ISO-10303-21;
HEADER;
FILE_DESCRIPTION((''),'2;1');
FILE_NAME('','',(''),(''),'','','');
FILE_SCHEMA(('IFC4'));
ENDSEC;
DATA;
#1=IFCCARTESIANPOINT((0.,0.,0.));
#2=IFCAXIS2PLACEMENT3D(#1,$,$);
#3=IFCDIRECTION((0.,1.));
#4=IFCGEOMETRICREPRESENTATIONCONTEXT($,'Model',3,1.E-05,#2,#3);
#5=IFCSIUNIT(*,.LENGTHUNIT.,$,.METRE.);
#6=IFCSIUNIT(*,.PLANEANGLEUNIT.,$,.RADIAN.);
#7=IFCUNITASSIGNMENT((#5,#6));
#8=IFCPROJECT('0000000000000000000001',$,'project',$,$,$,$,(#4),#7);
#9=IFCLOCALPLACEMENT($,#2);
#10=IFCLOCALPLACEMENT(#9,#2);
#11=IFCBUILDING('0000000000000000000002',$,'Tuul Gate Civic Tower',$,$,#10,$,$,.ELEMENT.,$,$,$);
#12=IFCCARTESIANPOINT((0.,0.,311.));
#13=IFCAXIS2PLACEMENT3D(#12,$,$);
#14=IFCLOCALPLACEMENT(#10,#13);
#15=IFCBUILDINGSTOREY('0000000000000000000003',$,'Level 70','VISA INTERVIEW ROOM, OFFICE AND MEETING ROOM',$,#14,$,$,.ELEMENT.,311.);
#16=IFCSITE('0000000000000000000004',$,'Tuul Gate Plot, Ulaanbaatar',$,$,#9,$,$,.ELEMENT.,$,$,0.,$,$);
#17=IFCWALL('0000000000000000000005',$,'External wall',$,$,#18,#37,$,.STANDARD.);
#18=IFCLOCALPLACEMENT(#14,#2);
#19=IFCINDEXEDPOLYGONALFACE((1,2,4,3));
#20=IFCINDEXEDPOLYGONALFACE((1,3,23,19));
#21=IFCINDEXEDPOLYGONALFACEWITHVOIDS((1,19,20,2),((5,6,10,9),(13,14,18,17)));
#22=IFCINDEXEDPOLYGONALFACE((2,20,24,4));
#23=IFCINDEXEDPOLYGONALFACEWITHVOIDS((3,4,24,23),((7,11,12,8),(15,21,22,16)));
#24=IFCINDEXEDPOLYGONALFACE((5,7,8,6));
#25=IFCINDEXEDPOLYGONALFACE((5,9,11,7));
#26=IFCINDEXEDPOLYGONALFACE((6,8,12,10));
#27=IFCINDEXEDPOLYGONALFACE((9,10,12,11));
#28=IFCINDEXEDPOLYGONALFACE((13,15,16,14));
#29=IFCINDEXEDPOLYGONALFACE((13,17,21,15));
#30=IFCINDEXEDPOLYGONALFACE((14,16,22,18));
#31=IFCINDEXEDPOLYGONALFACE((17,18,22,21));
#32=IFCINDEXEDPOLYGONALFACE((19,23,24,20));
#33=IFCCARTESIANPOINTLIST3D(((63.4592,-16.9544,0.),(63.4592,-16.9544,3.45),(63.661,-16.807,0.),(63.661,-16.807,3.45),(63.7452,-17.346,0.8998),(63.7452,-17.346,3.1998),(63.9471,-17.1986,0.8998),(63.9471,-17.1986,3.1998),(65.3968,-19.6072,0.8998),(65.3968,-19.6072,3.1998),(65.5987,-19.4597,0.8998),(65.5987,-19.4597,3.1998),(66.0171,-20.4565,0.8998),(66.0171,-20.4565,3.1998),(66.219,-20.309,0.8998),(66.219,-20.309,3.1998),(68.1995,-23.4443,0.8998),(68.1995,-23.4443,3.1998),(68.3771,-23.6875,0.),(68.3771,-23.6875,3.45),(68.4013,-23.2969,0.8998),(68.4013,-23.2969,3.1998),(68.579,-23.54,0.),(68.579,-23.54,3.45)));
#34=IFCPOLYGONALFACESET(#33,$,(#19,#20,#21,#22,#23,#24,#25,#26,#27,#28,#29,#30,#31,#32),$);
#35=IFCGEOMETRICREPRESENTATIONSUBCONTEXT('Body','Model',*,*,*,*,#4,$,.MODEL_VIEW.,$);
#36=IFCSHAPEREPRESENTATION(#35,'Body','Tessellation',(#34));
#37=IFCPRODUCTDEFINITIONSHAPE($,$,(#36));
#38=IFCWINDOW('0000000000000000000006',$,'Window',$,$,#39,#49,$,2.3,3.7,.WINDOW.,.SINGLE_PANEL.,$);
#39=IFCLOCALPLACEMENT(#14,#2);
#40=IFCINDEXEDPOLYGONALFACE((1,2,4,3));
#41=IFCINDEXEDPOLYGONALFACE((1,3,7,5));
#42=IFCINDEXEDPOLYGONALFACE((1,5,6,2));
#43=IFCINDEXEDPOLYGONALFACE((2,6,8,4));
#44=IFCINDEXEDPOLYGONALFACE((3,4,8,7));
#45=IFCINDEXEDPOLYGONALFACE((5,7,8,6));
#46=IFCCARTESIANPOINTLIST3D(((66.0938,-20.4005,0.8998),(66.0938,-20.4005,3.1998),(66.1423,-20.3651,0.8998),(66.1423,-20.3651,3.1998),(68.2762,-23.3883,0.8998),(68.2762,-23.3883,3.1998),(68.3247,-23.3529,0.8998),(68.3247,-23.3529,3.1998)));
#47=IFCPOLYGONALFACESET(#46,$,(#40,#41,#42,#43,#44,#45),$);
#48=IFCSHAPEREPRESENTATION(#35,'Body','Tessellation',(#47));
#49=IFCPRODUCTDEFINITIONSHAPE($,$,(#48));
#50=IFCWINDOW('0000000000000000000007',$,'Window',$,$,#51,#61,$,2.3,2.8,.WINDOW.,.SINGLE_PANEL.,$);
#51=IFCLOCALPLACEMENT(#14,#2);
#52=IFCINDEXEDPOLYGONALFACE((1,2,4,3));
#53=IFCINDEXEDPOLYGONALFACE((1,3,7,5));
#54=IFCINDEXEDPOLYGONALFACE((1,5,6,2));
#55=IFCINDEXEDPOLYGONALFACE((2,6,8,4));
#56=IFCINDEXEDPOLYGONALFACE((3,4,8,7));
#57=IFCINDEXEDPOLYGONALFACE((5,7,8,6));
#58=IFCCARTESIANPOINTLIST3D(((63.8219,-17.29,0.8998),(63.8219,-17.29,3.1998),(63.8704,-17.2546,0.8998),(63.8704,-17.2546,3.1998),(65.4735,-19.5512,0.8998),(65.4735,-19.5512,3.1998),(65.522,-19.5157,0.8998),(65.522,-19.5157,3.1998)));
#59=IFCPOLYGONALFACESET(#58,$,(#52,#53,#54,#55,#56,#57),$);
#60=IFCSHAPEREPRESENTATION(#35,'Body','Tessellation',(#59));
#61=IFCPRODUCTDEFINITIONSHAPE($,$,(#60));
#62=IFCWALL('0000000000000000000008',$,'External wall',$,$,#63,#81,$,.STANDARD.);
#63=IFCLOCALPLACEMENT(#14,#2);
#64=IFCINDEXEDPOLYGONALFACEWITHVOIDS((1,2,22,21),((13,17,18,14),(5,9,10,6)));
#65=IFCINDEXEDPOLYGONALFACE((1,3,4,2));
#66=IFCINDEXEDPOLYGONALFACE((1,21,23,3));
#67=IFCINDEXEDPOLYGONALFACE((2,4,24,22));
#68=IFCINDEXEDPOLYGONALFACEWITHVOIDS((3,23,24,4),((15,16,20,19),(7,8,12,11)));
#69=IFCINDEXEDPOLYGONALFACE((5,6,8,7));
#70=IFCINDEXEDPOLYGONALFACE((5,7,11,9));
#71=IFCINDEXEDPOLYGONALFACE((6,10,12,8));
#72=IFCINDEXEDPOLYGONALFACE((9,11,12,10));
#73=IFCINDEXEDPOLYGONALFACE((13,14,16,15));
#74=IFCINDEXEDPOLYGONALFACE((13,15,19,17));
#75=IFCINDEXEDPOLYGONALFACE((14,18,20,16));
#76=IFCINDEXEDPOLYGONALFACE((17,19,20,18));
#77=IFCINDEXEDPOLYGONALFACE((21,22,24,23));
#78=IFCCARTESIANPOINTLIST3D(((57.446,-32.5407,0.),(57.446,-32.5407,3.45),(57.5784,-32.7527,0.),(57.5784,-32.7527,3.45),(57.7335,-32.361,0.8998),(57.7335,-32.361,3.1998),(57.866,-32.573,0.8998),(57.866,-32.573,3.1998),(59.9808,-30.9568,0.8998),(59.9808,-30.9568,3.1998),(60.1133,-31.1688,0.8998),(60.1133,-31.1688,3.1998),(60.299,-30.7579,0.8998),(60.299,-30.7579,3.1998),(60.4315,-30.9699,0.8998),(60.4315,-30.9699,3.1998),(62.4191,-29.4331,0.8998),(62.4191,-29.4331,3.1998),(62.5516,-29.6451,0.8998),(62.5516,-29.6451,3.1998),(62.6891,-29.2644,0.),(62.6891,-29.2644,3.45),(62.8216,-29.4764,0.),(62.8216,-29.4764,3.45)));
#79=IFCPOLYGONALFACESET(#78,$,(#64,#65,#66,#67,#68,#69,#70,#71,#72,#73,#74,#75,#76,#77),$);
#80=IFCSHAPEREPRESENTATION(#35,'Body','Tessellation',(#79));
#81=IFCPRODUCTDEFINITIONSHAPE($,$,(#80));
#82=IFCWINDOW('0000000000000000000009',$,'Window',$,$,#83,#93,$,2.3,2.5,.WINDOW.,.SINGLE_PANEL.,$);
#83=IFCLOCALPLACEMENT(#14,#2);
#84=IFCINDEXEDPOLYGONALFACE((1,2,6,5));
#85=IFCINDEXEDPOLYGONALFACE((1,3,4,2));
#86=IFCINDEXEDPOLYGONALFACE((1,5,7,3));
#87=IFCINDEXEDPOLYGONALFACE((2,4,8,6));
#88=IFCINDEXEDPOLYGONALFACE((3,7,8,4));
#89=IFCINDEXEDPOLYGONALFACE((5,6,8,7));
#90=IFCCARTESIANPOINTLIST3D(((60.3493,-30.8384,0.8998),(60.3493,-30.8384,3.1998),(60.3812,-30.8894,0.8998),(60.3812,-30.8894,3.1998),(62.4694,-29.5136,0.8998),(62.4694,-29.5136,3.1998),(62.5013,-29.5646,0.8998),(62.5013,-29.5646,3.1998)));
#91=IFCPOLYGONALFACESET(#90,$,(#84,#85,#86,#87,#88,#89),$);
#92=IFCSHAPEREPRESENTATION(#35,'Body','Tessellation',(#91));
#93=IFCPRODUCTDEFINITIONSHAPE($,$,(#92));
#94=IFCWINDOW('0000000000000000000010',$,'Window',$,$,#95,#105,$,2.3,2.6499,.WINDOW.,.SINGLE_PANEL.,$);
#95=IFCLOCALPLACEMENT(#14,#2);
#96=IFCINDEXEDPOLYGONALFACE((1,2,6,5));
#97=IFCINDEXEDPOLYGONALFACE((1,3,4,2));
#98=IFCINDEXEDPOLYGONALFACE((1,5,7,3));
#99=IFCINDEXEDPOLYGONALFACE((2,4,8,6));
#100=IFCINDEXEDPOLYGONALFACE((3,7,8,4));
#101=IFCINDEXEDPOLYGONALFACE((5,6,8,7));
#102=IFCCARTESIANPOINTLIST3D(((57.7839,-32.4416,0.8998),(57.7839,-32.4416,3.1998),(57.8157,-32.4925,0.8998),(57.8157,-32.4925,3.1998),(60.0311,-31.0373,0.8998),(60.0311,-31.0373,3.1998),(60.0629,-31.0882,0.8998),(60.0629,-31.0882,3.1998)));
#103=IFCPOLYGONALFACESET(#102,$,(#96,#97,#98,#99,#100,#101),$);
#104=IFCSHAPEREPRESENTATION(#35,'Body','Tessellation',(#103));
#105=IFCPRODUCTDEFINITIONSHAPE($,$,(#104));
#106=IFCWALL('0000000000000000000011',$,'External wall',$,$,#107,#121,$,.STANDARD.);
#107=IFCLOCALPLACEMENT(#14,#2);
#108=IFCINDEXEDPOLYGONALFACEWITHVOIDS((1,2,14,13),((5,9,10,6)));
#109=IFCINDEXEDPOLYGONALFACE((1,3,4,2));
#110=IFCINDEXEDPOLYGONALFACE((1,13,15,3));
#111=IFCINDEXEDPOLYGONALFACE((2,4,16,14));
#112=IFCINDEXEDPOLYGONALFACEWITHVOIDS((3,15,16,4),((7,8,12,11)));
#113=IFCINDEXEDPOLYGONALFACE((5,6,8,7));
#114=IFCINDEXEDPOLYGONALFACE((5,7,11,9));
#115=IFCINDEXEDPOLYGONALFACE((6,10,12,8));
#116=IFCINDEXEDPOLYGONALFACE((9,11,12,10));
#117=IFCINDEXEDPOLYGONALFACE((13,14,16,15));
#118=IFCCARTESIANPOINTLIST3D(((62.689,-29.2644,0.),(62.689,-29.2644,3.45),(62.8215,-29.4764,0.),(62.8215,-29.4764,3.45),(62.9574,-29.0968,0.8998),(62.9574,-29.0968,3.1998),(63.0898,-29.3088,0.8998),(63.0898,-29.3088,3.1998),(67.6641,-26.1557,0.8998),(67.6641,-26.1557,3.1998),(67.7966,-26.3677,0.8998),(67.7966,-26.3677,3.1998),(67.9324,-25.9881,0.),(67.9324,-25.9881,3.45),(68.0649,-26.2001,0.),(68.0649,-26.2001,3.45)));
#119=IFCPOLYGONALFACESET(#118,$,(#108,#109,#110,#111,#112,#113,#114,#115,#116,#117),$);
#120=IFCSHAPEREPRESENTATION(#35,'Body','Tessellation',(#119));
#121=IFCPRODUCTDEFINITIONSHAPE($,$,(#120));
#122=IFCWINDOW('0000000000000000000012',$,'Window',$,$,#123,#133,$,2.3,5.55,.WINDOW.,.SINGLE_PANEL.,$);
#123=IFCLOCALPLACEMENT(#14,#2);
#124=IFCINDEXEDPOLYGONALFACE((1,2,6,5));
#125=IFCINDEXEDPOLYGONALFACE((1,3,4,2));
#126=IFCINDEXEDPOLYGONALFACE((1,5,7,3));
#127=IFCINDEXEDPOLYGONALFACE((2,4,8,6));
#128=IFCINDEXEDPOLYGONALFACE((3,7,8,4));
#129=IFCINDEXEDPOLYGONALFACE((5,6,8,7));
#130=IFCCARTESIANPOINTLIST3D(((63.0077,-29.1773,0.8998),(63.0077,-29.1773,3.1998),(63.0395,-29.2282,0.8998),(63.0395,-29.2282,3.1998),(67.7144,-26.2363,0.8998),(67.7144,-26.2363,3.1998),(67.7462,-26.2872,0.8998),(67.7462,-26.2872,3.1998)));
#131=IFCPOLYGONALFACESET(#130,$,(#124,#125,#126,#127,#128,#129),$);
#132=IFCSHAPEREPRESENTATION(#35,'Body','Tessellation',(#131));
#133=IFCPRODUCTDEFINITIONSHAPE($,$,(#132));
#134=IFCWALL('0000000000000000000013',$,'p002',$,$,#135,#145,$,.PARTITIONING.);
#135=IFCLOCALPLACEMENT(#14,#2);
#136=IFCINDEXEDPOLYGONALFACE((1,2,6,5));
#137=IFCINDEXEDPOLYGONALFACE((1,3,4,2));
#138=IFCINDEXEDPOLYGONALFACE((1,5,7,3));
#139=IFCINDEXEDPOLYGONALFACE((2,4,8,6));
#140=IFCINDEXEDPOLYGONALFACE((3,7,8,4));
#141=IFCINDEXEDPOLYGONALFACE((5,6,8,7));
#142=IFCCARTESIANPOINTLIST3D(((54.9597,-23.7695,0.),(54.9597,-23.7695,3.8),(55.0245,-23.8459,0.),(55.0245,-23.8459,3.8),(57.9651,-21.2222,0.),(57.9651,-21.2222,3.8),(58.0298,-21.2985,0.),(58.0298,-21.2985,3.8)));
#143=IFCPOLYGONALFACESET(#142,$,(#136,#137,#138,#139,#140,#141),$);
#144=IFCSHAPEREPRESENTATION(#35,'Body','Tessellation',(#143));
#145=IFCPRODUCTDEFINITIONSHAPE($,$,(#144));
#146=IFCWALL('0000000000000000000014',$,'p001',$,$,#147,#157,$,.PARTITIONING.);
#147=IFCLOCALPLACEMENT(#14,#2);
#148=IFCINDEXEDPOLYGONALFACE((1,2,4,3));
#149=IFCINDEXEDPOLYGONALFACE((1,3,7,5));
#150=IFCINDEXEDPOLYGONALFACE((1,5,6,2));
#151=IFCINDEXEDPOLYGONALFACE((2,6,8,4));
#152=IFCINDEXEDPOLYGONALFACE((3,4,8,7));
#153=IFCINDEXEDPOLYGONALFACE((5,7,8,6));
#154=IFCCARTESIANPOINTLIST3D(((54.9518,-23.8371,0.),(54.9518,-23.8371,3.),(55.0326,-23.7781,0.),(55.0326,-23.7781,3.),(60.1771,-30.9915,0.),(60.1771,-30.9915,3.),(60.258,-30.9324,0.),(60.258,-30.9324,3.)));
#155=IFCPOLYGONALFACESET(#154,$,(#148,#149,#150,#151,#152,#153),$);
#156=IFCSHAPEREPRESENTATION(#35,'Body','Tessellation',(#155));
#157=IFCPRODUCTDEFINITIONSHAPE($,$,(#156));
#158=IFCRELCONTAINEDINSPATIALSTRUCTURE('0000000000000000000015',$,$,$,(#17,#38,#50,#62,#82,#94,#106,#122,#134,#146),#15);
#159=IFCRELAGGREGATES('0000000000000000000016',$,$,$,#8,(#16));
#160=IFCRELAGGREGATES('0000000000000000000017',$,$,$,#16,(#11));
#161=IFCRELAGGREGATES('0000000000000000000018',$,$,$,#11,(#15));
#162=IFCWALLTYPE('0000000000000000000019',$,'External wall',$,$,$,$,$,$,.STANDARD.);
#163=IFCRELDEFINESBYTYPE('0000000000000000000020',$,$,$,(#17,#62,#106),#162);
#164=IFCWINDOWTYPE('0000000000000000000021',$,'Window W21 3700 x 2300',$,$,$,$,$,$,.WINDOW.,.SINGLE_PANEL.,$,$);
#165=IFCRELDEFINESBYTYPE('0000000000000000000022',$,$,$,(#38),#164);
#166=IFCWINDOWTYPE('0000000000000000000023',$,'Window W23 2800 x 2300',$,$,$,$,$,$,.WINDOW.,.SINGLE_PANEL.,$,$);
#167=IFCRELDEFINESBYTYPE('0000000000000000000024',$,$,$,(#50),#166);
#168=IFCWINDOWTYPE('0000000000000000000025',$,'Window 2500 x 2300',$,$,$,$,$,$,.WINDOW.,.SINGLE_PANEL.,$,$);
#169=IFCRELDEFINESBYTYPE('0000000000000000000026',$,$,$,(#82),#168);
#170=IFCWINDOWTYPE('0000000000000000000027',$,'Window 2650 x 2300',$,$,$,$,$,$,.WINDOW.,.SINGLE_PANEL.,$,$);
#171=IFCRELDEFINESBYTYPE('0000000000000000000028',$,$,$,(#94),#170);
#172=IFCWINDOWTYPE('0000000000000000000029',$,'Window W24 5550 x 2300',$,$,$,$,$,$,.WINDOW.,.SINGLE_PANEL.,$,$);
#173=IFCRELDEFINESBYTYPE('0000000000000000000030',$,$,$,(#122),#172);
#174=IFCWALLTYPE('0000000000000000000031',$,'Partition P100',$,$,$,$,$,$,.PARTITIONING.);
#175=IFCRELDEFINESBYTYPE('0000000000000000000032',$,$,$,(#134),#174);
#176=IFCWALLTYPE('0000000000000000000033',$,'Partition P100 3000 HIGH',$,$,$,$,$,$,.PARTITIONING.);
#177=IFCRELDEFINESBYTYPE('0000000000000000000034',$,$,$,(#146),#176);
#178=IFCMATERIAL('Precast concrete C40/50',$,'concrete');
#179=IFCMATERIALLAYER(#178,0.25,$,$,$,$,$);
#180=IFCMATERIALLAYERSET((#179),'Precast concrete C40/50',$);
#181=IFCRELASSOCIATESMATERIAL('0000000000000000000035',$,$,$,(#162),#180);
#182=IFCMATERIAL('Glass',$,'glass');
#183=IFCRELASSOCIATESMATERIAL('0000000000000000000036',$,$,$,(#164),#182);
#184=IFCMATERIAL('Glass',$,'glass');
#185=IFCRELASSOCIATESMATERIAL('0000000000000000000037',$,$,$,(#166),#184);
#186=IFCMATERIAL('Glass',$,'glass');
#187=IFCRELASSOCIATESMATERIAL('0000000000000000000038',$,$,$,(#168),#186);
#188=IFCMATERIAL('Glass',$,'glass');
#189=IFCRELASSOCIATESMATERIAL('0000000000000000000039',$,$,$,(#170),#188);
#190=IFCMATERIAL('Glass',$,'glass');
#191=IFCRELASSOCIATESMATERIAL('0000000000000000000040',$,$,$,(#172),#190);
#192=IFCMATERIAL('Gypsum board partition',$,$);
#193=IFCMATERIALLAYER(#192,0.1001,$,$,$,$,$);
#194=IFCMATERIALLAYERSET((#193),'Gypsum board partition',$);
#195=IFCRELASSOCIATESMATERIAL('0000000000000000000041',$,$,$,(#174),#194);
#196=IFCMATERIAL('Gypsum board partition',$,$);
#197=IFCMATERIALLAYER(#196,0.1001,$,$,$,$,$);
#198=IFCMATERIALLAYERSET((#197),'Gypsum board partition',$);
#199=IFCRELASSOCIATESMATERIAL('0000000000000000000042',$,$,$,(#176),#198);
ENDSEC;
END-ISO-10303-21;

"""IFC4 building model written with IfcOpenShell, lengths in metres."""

from ifc_helpers import new_model, si_unit, direction, frame, frame_2d, origin, place, context, subcontext, project, spatial, rectangle, extrude, material, layer, layer_set, type_object, element, fill, save


model = new_model("IFC4")

# Units and contexts
model_context = context("Model", 3, precision=1e-05, world=origin(), true_north=direction((0.0, 1.0)))
body_context = subcontext(model_context, "Body", "Model", "MODEL_VIEW")
ifc_project = project(units=[si_unit("LENGTHUNIT", "METRE"), si_unit("PLANEANGLEUNIT", "RADIAN")], contexts=[model_context])

# Site, building, storey
site_placement = place(None, origin())
site = spatial("IfcSite", under=ifc_project, at=site_placement, Name="Tuul Gate Plot, Ulaanbaatar", CompositionType="ELEMENT", RefElevation=0.0)
building_placement = place(site_placement, origin())
building = spatial("IfcBuilding", under=site, at=building_placement, Name="Tuul Gate Civic Tower", CompositionType="ELEMENT")
storey_placement = place(building_placement, frame((0.0, 0.0, 311.0)))
storey = spatial("IfcBuildingStorey", under=building, at=storey_placement, Name="Level 70", Description="VISA INTERVIEW ROOM, OFFICE AND MEETING ROOM", CompositionType="ELEMENT", Elevation=311.0)

# Shared definitions
ifc_material_1 = material(Name="Precast concrete C40/50", Category="concrete")
ifc_layer_1 = layer(ifc_material_1, 0.25)
ifc_layer_set_1 = layer_set([ifc_layer_1], Name="Precast concrete C40/50")
wall_type_1 = type_object("IfcWallType", Name="External wall", PredefinedType="STANDARD", material=ifc_layer_set_1)

# Walls, openings, windows
wall_1_placement = place(storey_placement, frame((68.478, -23.6138, 0.0), z_axis=(0.0, 0.0, 1.0), x_axis=(-0.589828, 0.807529, 0.0)))
wall_1 = element("IfcWall", 1, at=wall_1_placement, inside=storey, type_object=wall_type_1, Name="External wall", PredefinedType="STANDARD", context=body_context, shape_type="SweptSolid", body=[
    extrude(rectangle(XDim=8.3379, YDim=0.25, at=frame_2d((4.1689, 0.0))), origin(), (0.0, 0.0, 1.0), 3.45),
])
opening_1_placement = place(wall_1_placement, frame((0.301, 0.0, 0.8999)))
opening_1 = element("IfcOpeningElement", 2, at=opening_1_placement, cuts=wall_1, PredefinedType="OPENING", context=body_context, shape_type="SweptSolid", body=[
    extrude(rectangle(XDim=3.7, YDim=2.3, at=frame_2d((1.8501, 1.1499))), frame((0.0, 0.135, 0.0), z_axis=(0.0, -1.0, 0.0), x_axis=(1.0, 0.0, 0.0)), (0.0, 0.0, 1.0), 0.27),
])
opening_2_placement = place(wall_1_placement, frame((5.053, 0.0, 0.8999)))
opening_2 = element("IfcOpeningElement", 3, at=opening_2_placement, cuts=wall_1, PredefinedType="OPENING", context=body_context, shape_type="SweptSolid", body=[
    extrude(rectangle(XDim=2.8, YDim=2.3, at=frame_2d((1.3999, 1.1499))), frame((0.0, 0.135, 0.0), z_axis=(0.0, -1.0, 0.0), x_axis=(1.0, 0.0, 0.0)), (0.0, 0.0, 1.0), 0.27),
])
ifc_material_2 = material(Name="Glass", Category="glass")
window_type_1 = type_object("IfcWindowType", Name="Window W21 3700 x 2300", PartitioningType="SINGLE_PANEL", PredefinedType="WINDOW", material=ifc_material_2)
window_1_placement = place(opening_1_placement, origin())
window_1 = element("IfcWindow", 4, at=window_1_placement, inside=storey, type_object=window_type_1, Name="Window", OverallHeight=2.3, OverallWidth=3.7, PartitioningType="SINGLE_PANEL", PredefinedType="WINDOW", context=body_context, shape_type="SweptSolid", body=[
    extrude(rectangle(XDim=3.7, YDim=2.3, at=frame_2d((1.8501, 1.1499))), frame((0.0, 0.03, 0.0), z_axis=(0.0, -1.0, 0.0), x_axis=(1.0, 0.0, 0.0)), (0.0, 0.0, 1.0), 0.0601),
])
fill(opening_1, window_1)
ifc_material_3 = material(Name="Glass", Category="glass")
window_type_2 = type_object("IfcWindowType", Name="Window W23 2800 x 2300", PartitioningType="SINGLE_PANEL", PredefinedType="WINDOW", material=ifc_material_3)
window_2_placement = place(opening_2_placement, origin())
window_2 = element("IfcWindow", 5, at=window_2_placement, inside=storey, type_object=window_type_2, Name="Window", OverallHeight=2.3, OverallWidth=2.8, PartitioningType="SINGLE_PANEL", PredefinedType="WINDOW", context=body_context, shape_type="SweptSolid", body=[
    extrude(rectangle(XDim=2.8, YDim=2.3, at=frame_2d((1.3999, 1.1499))), frame((0.0, 0.03, 0.0), z_axis=(0.0, -1.0, 0.0), x_axis=(1.0, 0.0, 0.0)), (0.0, 0.0, 1.0), 0.0601),
])
fill(opening_2, window_2)
wall_2_placement = place(storey_placement, frame((57.5122, -32.6467, 0.0), z_axis=(0.0, 0.0, 1.0), x_axis=(0.848043, 0.529928, 0.0)))
wall_2 = element("IfcWall", 6, at=wall_2_placement, inside=storey, type_object=wall_type_1, Name="External wall", PredefinedType="STANDARD", context=body_context, shape_type="SweptSolid", body=[
    extrude(rectangle(XDim=6.1826, YDim=0.25, at=frame_2d((3.0913, 0.0))), origin(), (0.0, 0.0, 1.0), 3.45),
])
opening_3_placement = place(wall_2_placement, frame((0.3391, 0.0, 0.8999)))
opening_3 = element("IfcOpeningElement", 7, at=opening_3_placement, cuts=wall_2, PredefinedType="OPENING", context=body_context, shape_type="SweptSolid", body=[
    extrude(rectangle(XDim=2.6499, YDim=2.3, at=frame_2d((1.325, 1.1499))), frame((0.0, 0.135, 0.0), z_axis=(0.0, -1.0, 0.0), x_axis=(1.0, 0.0, 0.0)), (0.0, 0.0, 1.0), 0.27),
])
opening_4_placement = place(wall_2_placement, frame((3.3643, 0.0, 0.8999)))
opening_4 = element("IfcOpeningElement", 8, at=opening_4_placement, cuts=wall_2, PredefinedType="OPENING", context=body_context, shape_type="SweptSolid", body=[
    extrude(rectangle(XDim=2.5, YDim=2.3, at=frame_2d((1.25, 1.1499))), frame((0.0, 0.135, 0.0), z_axis=(0.0, -1.0, 0.0), x_axis=(1.0, 0.0, 0.0)), (0.0, 0.0, 1.0), 0.27),
])
ifc_material_4 = material(Name="Glass", Category="glass")
window_type_3 = type_object("IfcWindowType", Name="Window 2500 x 2300", PartitioningType="SINGLE_PANEL", PredefinedType="WINDOW", material=ifc_material_4)
window_3_placement = place(opening_4_placement, origin())
window_3 = element("IfcWindow", 9, at=window_3_placement, inside=storey, type_object=window_type_3, Name="Window", OverallHeight=2.3, OverallWidth=2.5, PartitioningType="SINGLE_PANEL", PredefinedType="WINDOW", context=body_context, shape_type="SweptSolid", body=[
    extrude(rectangle(XDim=2.5, YDim=2.3, at=frame_2d((1.25, 1.1499))), frame((0.0, 0.03, 0.0), z_axis=(0.0, -1.0, 0.0), x_axis=(1.0, 0.0, 0.0)), (0.0, 0.0, 1.0), 0.0601),
])
fill(opening_4, window_3)
ifc_material_5 = material(Name="Glass", Category="glass")
window_type_4 = type_object("IfcWindowType", Name="Window 2650 x 2300", PartitioningType="SINGLE_PANEL", PredefinedType="WINDOW", material=ifc_material_5)
window_4_placement = place(opening_3_placement, origin())
window_4 = element("IfcWindow", 10, at=window_4_placement, inside=storey, type_object=window_type_4, Name="Window", OverallHeight=2.3, OverallWidth=2.6499, PartitioningType="SINGLE_PANEL", PredefinedType="WINDOW", context=body_context, shape_type="SweptSolid", body=[
    extrude(rectangle(XDim=2.6499, YDim=2.3, at=frame_2d((1.325, 1.1499))), frame((0.0, 0.03, 0.0), z_axis=(0.0, -1.0, 0.0), x_axis=(1.0, 0.0, 0.0)), (0.0, 0.0, 1.0), 0.0601),
])
fill(opening_3, window_4)

# Wall, opening, window
wall_3_placement = place(storey_placement, frame((62.7554, -29.3704, 0.0), z_axis=(0.0, 0.0, 1.0), x_axis=(0.848054, 0.52991, 0.0)))
wall_3 = element("IfcWall", 11, at=wall_3_placement, inside=storey, type_object=wall_type_1, Name="External wall", PredefinedType="STANDARD", context=body_context, shape_type="SweptSolid", body=[
    extrude(rectangle(XDim=6.1829, YDim=0.25, at=frame_2d((3.0913, 0.0))), origin(), (0.0, 0.0, 1.0), 3.45),
])
opening_5_placement = place(wall_3_placement, frame((0.3164, 0.0, 0.8999)))
opening_5 = element("IfcOpeningElement", 12, at=opening_5_placement, cuts=wall_3, PredefinedType="OPENING", context=body_context, shape_type="SweptSolid", body=[
    extrude(rectangle(XDim=5.55, YDim=2.3, at=frame_2d((2.7749, 1.1499))), frame((0.0, 0.135, 0.0), z_axis=(0.0, -1.0, 0.0), x_axis=(1.0, 0.0, 0.0)), (0.0, 0.0, 1.0), 0.27),
])
ifc_material_6 = material(Name="Glass", Category="glass")
window_type_5 = type_object("IfcWindowType", Name="Window W24 5550 x 2300", PartitioningType="SINGLE_PANEL", PredefinedType="WINDOW", material=ifc_material_6)
window_5_placement = place(opening_5_placement, origin())
window_5 = element("IfcWindow", 13, at=window_5_placement, inside=storey, type_object=window_type_5, Name="Window", OverallHeight=2.3, OverallWidth=5.55, PartitioningType="SINGLE_PANEL", PredefinedType="WINDOW", context=body_context, shape_type="SweptSolid", body=[
    extrude(rectangle(XDim=5.55, YDim=2.3, at=frame_2d((2.7749, 1.1499))), frame((0.0, 0.03, 0.0), z_axis=(0.0, -1.0, 0.0), x_axis=(1.0, 0.0, 0.0)), (0.0, 0.0, 1.0), 0.0601),
])
fill(opening_5, window_5)

# Walls
ifc_material_7 = material(Name="Gypsum board partition")
ifc_layer_2 = layer(ifc_material_7, 0.1001)
ifc_layer_set_2 = layer_set([ifc_layer_2], Name="Gypsum board partition")
wall_type_2 = type_object("IfcWallType", Name="Partition P100", PredefinedType="PARTITIONING", material=ifc_layer_set_2)
wall_4_placement = place(storey_placement, frame((54.9922, -23.8076, 0.0), z_axis=(0.0, 0.0, 1.0), x_axis=(0.762841, 0.646586, 0.0)))
element("IfcWall", 14, at=wall_4_placement, inside=storey, type_object=wall_type_2, Name="p002", PredefinedType="PARTITIONING", context=body_context, shape_type="SweptSolid", body=[
    extrude(rectangle(XDim=3.9397, YDim=0.1001, at=frame_2d((1.9697, 0.0))), origin(), (0.0, 0.0, 1.0), 3.8),
])
ifc_material_8 = material(Name="Gypsum board partition")
ifc_layer_3 = layer(ifc_material_8, 0.1001)
ifc_layer_set_3 = layer_set([ifc_layer_3], Name="Gypsum board partition")
wall_type_3 = type_object("IfcWallType", Name="Partition P100 3000 HIGH", PredefinedType="PARTITIONING", material=ifc_layer_set_3)
wall_5_placement = place(storey_placement, frame((54.9922, -23.8076, 0.0), z_axis=(0.0, 0.0, 1.0), x_axis=(0.589811, -0.807542, 0.0)))
element("IfcWall", 15, at=wall_5_placement, inside=storey, type_object=wall_type_3, Name="p001", PredefinedType="PARTITIONING", context=body_context, shape_type="SweptSolid", body=[
    extrude(rectangle(XDim=8.8594, YDim=0.1001, at=frame_2d((4.4297, 0.0))), origin(), (0.0, 0.0, 1.0), 3.0),
])

save(model, "model.ifc")
